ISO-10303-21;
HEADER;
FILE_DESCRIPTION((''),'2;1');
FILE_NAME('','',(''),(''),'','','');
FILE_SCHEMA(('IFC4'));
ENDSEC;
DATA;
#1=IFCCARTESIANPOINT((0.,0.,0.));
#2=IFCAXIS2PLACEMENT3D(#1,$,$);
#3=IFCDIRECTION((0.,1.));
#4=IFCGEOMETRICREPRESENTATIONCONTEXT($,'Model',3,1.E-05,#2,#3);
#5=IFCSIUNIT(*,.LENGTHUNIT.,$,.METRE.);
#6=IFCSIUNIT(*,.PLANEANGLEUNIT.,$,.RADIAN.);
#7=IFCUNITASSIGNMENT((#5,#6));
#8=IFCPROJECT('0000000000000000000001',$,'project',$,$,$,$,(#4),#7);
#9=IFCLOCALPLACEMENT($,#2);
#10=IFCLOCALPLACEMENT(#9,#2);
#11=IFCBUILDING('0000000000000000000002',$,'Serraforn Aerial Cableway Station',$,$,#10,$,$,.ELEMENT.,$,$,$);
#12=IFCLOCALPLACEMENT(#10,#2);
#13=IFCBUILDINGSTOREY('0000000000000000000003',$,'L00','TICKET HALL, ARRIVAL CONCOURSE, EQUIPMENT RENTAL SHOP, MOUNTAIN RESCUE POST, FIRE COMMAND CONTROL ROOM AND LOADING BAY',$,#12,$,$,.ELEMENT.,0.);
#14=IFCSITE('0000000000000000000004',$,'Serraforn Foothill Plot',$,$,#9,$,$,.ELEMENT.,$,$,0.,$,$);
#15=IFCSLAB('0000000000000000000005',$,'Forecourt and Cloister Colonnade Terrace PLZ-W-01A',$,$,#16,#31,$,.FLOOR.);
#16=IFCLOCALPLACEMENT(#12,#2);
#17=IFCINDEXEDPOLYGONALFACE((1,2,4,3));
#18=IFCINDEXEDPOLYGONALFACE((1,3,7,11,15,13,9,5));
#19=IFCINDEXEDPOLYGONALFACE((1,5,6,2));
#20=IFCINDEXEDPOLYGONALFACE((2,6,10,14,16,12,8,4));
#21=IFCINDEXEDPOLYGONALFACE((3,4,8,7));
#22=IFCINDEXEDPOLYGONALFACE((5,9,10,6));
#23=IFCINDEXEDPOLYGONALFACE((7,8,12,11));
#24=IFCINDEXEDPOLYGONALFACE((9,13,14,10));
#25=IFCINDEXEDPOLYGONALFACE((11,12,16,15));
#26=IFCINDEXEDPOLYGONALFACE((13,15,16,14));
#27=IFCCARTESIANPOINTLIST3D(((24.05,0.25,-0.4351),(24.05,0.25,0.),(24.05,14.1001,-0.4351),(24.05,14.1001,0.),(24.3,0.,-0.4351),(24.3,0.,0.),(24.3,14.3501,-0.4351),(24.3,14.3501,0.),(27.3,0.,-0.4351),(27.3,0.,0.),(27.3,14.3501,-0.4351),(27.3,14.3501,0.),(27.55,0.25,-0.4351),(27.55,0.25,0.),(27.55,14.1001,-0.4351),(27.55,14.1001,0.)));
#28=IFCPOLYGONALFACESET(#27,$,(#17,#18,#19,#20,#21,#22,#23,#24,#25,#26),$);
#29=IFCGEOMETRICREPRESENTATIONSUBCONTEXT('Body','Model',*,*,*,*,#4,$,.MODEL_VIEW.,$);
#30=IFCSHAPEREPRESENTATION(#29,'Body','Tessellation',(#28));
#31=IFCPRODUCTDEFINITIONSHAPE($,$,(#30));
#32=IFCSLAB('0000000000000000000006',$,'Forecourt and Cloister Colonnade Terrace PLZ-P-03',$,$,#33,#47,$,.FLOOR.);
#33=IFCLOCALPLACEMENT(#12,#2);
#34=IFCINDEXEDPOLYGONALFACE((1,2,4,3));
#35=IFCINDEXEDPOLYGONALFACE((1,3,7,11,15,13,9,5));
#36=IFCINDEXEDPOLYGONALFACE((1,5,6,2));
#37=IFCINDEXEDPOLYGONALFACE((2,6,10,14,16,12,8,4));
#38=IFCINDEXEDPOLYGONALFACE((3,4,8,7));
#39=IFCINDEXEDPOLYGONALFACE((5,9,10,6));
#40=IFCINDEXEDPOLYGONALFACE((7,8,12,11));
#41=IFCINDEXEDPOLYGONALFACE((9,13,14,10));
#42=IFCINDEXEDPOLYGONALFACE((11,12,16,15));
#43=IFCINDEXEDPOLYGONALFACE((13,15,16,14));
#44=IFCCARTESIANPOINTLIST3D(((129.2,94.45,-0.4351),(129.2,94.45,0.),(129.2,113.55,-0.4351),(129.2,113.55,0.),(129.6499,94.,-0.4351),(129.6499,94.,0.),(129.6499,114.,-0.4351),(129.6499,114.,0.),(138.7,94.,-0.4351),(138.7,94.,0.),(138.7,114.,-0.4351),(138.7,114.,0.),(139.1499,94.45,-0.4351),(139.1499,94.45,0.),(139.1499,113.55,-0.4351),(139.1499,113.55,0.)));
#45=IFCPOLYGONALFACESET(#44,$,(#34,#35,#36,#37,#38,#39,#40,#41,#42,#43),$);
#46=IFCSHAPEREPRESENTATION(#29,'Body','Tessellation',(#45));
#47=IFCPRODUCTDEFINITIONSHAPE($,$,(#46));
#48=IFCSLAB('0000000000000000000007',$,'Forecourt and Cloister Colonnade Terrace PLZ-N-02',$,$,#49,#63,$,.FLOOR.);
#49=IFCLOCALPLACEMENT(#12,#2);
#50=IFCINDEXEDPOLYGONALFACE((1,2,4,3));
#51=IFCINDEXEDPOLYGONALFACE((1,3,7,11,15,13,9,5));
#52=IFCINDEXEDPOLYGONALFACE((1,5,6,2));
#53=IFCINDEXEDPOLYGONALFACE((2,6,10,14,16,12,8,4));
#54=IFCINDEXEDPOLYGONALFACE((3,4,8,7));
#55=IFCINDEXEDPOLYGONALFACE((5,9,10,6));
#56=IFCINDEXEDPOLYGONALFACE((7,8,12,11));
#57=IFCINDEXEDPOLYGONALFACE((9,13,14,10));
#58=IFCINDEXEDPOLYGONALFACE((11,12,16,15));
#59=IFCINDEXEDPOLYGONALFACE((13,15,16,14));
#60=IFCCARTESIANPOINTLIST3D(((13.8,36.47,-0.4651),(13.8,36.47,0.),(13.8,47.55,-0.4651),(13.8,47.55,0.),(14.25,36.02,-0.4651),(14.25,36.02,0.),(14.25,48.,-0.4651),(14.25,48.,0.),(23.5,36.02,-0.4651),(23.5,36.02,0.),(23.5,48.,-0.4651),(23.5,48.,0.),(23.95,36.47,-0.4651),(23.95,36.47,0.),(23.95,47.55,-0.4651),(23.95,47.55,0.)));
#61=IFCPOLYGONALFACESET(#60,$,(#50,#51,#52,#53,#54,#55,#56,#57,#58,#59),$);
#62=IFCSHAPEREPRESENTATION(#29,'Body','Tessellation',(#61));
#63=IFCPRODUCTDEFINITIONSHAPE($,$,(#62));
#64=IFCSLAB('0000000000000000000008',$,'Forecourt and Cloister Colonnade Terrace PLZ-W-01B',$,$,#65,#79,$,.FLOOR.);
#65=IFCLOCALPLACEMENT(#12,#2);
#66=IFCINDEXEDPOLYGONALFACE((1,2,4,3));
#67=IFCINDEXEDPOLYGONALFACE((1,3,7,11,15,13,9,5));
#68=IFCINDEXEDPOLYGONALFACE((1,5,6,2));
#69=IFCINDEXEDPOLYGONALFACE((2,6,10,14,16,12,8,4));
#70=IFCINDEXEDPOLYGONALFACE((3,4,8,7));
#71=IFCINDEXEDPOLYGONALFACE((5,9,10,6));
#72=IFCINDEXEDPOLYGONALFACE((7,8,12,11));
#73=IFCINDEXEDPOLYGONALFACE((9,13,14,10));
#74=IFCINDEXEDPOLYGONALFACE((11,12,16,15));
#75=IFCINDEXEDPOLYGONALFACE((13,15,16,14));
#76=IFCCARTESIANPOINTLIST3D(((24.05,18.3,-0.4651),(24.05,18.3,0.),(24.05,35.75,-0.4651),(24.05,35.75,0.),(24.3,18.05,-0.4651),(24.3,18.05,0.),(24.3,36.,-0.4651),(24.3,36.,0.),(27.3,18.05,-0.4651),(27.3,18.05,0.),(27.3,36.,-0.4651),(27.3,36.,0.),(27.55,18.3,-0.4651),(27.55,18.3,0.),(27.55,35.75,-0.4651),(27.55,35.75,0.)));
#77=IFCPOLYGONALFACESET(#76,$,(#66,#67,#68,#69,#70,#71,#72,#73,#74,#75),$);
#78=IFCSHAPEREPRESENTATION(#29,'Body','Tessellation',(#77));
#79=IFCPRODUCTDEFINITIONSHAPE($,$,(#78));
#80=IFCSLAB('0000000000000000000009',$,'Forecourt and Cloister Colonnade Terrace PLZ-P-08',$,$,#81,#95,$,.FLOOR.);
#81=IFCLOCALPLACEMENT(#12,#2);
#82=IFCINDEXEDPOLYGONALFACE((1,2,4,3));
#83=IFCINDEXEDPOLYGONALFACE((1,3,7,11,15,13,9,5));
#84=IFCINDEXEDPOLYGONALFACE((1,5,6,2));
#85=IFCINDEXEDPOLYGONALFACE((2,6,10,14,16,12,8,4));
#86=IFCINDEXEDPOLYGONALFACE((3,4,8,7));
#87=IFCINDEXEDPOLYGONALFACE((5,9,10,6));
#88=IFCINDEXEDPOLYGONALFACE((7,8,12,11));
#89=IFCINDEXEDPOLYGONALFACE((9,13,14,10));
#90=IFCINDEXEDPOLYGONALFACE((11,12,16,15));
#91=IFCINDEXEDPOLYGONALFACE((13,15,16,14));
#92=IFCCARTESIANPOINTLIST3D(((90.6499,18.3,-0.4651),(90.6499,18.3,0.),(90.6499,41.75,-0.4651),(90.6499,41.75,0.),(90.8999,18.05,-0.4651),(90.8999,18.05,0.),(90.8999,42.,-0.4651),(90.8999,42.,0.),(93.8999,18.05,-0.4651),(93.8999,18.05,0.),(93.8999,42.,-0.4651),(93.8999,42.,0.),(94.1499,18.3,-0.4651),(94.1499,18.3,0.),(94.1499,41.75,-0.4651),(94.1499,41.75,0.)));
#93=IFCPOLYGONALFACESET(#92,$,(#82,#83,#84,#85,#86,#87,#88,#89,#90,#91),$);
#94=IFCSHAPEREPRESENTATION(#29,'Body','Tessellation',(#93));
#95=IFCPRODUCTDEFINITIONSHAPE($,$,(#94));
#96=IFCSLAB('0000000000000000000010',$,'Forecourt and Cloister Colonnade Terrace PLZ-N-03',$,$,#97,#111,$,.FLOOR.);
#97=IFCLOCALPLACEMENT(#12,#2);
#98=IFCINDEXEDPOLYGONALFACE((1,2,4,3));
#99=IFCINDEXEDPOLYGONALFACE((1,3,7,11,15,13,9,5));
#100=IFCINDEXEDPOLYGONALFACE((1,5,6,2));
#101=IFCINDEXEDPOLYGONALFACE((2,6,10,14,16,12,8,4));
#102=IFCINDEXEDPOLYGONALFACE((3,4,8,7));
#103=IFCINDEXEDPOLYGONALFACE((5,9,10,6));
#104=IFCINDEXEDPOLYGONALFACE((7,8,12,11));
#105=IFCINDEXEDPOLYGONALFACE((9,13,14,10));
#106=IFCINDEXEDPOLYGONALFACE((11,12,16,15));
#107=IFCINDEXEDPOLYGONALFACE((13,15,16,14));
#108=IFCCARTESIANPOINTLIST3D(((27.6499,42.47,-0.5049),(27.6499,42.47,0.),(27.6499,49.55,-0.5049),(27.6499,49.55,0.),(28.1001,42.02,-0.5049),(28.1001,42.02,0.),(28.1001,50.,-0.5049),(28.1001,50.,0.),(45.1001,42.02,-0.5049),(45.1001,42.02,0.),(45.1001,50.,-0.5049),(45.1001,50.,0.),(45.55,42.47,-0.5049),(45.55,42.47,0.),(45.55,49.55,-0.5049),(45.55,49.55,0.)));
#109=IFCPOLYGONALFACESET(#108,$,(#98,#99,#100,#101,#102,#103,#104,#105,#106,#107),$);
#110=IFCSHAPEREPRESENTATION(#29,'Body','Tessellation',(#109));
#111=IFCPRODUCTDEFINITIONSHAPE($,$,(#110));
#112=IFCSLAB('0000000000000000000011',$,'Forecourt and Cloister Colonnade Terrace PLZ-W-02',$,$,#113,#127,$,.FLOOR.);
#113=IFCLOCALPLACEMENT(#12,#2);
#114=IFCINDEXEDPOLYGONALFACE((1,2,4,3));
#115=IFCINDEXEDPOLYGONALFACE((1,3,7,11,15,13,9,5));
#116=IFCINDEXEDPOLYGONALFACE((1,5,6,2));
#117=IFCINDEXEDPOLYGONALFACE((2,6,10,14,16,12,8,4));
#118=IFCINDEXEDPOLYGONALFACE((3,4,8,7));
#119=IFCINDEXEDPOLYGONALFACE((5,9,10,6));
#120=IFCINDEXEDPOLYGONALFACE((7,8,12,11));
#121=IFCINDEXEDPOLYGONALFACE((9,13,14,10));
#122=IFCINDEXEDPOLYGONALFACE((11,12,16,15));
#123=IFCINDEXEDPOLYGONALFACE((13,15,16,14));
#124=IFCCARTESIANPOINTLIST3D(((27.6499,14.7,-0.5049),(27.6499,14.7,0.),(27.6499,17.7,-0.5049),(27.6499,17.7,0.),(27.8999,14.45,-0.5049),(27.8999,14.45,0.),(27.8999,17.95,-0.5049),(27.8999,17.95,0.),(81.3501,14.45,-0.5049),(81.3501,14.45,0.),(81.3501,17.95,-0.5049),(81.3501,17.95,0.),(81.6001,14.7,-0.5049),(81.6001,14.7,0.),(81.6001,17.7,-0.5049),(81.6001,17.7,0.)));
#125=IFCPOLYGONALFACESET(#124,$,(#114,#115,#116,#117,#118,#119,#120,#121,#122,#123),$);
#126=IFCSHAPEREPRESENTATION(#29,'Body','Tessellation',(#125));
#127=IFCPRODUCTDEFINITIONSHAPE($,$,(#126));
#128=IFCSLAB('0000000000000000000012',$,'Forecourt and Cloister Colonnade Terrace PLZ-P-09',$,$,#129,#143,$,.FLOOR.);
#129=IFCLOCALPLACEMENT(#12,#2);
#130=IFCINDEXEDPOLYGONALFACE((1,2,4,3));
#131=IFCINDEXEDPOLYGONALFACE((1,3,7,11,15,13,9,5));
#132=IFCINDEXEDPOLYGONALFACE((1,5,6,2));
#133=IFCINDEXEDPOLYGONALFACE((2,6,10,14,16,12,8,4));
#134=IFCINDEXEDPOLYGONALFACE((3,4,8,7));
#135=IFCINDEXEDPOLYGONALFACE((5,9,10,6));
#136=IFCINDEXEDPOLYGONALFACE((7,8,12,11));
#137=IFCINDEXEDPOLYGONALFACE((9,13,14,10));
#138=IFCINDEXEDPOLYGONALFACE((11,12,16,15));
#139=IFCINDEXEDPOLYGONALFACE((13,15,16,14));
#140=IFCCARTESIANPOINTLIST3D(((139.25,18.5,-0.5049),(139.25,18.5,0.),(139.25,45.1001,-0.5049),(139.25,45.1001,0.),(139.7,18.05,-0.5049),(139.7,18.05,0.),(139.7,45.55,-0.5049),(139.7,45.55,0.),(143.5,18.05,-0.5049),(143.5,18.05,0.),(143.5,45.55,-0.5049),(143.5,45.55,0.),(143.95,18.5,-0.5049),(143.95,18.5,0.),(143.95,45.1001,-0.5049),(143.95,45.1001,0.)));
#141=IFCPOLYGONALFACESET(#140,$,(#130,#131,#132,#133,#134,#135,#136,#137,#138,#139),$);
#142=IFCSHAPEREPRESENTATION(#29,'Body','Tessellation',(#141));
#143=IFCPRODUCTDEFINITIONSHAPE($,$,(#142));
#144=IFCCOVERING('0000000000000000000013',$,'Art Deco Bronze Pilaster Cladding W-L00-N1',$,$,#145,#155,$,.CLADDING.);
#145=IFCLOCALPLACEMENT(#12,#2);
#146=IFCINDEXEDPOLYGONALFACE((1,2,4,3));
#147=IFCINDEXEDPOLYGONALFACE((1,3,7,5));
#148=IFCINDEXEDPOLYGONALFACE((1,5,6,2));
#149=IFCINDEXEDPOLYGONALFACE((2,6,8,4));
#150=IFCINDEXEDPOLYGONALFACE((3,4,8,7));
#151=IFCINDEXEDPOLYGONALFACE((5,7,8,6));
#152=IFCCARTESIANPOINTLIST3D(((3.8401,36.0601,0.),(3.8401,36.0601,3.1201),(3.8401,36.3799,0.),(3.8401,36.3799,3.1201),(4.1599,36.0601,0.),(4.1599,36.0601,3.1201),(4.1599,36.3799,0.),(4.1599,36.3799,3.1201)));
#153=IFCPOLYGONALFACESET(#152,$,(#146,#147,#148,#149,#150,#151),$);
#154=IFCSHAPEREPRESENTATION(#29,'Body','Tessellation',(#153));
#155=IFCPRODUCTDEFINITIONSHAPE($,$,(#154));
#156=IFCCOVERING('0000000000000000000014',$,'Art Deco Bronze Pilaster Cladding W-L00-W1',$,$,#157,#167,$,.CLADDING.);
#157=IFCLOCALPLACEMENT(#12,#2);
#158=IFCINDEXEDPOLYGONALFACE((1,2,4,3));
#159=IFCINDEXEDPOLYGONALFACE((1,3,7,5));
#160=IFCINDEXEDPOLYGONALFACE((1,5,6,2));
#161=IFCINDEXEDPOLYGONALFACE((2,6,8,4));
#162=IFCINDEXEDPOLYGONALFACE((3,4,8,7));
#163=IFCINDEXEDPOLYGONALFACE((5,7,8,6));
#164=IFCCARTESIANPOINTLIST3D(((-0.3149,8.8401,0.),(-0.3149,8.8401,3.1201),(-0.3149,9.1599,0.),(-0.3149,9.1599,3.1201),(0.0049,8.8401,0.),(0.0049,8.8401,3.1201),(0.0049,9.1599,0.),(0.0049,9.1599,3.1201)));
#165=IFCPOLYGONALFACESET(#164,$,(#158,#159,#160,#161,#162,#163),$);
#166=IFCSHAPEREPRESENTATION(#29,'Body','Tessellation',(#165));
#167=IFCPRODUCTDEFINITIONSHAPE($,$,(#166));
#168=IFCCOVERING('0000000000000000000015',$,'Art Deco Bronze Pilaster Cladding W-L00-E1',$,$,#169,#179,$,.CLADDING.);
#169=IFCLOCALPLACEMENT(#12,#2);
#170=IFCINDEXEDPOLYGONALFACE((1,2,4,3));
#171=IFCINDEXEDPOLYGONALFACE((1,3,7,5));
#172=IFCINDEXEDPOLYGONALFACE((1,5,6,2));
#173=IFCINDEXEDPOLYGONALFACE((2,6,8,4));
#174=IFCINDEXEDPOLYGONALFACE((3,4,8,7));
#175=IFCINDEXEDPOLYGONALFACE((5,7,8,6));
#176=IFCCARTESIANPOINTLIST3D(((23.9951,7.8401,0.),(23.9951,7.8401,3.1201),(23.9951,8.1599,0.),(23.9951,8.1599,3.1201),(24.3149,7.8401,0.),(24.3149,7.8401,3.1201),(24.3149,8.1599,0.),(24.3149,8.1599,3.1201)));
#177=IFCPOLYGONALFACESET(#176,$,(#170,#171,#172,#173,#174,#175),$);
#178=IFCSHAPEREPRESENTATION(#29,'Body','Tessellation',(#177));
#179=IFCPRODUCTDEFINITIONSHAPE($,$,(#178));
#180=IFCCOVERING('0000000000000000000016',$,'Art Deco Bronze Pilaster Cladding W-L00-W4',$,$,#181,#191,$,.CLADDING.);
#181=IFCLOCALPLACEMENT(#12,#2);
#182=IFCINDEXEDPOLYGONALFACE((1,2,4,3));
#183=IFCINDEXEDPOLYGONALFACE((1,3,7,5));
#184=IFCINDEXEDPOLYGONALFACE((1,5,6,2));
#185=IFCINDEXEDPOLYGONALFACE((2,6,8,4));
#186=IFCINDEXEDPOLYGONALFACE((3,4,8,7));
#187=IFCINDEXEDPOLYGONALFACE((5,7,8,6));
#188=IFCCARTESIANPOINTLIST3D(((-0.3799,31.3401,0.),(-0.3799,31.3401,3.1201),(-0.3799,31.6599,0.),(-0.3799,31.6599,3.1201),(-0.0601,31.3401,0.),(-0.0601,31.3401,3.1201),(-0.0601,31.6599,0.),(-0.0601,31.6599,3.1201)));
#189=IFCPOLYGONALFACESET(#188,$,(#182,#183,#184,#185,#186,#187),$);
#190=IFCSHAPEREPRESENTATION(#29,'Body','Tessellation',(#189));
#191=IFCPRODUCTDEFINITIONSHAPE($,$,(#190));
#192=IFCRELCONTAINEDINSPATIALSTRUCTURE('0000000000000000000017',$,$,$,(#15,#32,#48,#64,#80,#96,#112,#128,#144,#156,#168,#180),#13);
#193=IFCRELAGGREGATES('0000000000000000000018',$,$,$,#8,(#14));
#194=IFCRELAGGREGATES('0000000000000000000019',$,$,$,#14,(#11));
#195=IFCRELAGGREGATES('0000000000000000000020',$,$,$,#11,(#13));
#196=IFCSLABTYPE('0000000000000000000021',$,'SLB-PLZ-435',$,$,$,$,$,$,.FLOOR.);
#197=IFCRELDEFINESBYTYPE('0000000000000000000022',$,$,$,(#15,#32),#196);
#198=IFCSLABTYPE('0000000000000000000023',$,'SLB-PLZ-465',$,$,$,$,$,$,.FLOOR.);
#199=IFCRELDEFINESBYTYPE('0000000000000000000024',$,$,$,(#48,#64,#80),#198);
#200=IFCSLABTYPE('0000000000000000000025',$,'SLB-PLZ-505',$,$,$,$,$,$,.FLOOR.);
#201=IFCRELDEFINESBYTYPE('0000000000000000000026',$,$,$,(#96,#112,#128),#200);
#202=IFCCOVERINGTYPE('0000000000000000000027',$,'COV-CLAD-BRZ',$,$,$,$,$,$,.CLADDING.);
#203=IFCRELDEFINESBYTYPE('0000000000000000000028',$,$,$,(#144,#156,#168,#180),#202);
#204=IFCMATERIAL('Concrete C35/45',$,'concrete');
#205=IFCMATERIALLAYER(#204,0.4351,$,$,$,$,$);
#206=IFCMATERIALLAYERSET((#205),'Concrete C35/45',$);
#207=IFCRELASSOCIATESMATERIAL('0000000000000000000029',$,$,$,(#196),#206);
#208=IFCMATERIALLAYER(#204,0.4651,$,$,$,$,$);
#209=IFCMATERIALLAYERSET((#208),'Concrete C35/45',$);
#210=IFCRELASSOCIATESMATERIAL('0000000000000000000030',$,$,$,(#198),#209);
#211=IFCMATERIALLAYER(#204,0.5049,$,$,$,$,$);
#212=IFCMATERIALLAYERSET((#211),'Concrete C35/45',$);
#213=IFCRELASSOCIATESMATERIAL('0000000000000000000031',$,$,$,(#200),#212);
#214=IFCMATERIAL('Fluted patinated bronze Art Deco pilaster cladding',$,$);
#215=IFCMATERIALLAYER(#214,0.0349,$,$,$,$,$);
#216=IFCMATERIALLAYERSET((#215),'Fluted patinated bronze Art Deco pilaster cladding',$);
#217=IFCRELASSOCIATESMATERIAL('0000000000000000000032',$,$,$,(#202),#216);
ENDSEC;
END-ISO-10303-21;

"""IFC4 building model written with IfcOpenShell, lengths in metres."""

from ifc_helpers import new_model, si_unit, direction, frame, origin, place, context, subcontext, project, spatial, polyline, outline, extrude, material, layer, layer_set, type_object, element, save


model = new_model("IFC4")

# Units and contexts
model_context = context("Model", 3, precision=1e-05, world=origin(), true_north=direction((0.0, 1.0)))
body_context = subcontext(model_context, "Body", "Model", "MODEL_VIEW")
ifc_project = project(units=[si_unit("LENGTHUNIT", "METRE"), si_unit("PLANEANGLEUNIT", "RADIAN")], contexts=[model_context])

# Site, building, storey
site_placement = place(None, origin())
site = spatial("IfcSite", under=ifc_project, at=site_placement, Name="Serraforn Foothill Plot", CompositionType="ELEMENT", RefElevation=0.0)
building_placement = place(site_placement, origin())
building = spatial("IfcBuilding", under=site, at=building_placement, Name="Serraforn Aerial Cableway Station", CompositionType="ELEMENT")
storey_placement = place(building_placement, origin())
storey = spatial("IfcBuildingStorey", under=building, at=storey_placement, Name="L00", Description="TICKET HALL, ARRIVAL CONCOURSE, EQUIPMENT RENTAL SHOP, MOUNTAIN RESCUE POST, FIRE COMMAND CONTROL ROOM AND LOADING BAY", CompositionType="ELEMENT", Elevation=0.0)

# Slabs
ifc_material_1 = material(Name="Concrete C35/45", Category="concrete")
ifc_layer_1 = layer(ifc_material_1, 0.4351)
ifc_layer_set_1 = layer_set([ifc_layer_1], Name="Concrete C35/45")
slab_type_1 = type_object("IfcSlabType", Name="SLB-PLZ-435", PredefinedType="FLOOR", material=ifc_layer_set_1)
slab_1_placement = place(storey_placement, frame((0.0, 0.0, -0.4351)))
element("IfcSlab", 1, at=slab_1_placement, inside=storey, type_object=slab_type_1, Name="Forecourt and Cloister Colonnade Terrace PLZ-W-01A", PredefinedType="FLOOR", context=body_context, shape_type="SweptSolid", body=[
    extrude(outline(polyline([(24.3, 0.0), (27.3, 0.0), (27.55, 0.25), (27.55, 14.1001), (27.3, 14.3501), (24.3, 14.3501), (24.05, 14.1001), (24.05, 0.25), (24.3, 0.0)])), origin(), (0.0, 0.0, 1.0), 0.4351),
])
slab_2_placement = place(storey_placement, frame((0.0, 0.0, -0.4351)))
element("IfcSlab", 2, at=slab_2_placement, inside=storey, type_object=slab_type_1, Name="Forecourt and Cloister Colonnade Terrace PLZ-P-03", PredefinedType="FLOOR", context=body_context, shape_type="SweptSolid", body=[
    extrude(outline(polyline([(129.6499, 94.0), (138.7, 94.0), (139.1499, 94.45), (139.1499, 113.55), (138.7, 114.0), (129.6499, 114.0), (129.2, 113.55), (129.2, 94.45), (129.6499, 94.0)])), origin(), (0.0, 0.0, 1.0), 0.4351),
])
ifc_layer_2 = layer(ifc_material_1, 0.4651)
ifc_layer_set_2 = layer_set([ifc_layer_2], Name="Concrete C35/45")
slab_type_2 = type_object("IfcSlabType", Name="SLB-PLZ-465", PredefinedType="FLOOR", material=ifc_layer_set_2)
slab_3_placement = place(storey_placement, frame((0.0, 0.0, -0.4651)))
element("IfcSlab", 3, at=slab_3_placement, inside=storey, type_object=slab_type_2, Name="Forecourt and Cloister Colonnade Terrace PLZ-N-02", PredefinedType="FLOOR", context=body_context, shape_type="SweptSolid", body=[
    extrude(outline(polyline([(14.25, 36.02), (23.5, 36.02), (23.95, 36.47), (23.95, 47.55), (23.5, 48.0), (14.25, 48.0), (13.8, 47.55), (13.8, 36.47), (14.25, 36.02)])), origin(), (0.0, 0.0, 1.0), 0.4651),
])
slab_4_placement = place(storey_placement, frame((0.0, 0.0, -0.4651)))
element("IfcSlab", 4, at=slab_4_placement, inside=storey, type_object=slab_type_2, Name="Forecourt and Cloister Colonnade Terrace PLZ-W-01B", PredefinedType="FLOOR", context=body_context, shape_type="SweptSolid", body=[
    extrude(outline(polyline([(24.3, 18.05), (27.3, 18.05), (27.55, 18.3), (27.55, 35.75), (27.3, 36.0), (24.3, 36.0), (24.05, 35.75), (24.05, 18.3), (24.3, 18.05)])), origin(), (0.0, 0.0, 1.0), 0.4651),
])
slab_5_placement = place(storey_placement, frame((0.0, 0.0, -0.4651)))
element("IfcSlab", 5, at=slab_5_placement, inside=storey, type_object=slab_type_2, Name="Forecourt and Cloister Colonnade Terrace PLZ-P-08", PredefinedType="FLOOR", context=body_context, shape_type="SweptSolid", body=[
    extrude(outline(polyline([(90.8999, 18.05), (93.8999, 18.05), (94.1499, 18.3), (94.1499, 41.75), (93.8999, 42.0), (90.8999, 42.0), (90.6499, 41.75), (90.6499, 18.3), (90.8999, 18.05)])), origin(), (0.0, 0.0, 1.0), 0.4651),
])
ifc_layer_3 = layer(ifc_material_1, 0.5049)
ifc_layer_set_3 = layer_set([ifc_layer_3], Name="Concrete C35/45")
slab_type_3 = type_object("IfcSlabType", Name="SLB-PLZ-505", PredefinedType="FLOOR", material=ifc_layer_set_3)
slab_6_placement = place(storey_placement, frame((0.0, 0.0, -0.5049)))
element("IfcSlab", 6, at=slab_6_placement, inside=storey, type_object=slab_type_3, Name="Forecourt and Cloister Colonnade Terrace PLZ-N-03", PredefinedType="FLOOR", context=body_context, shape_type="SweptSolid", body=[
    extrude(outline(polyline([(28.1001, 42.02), (45.1001, 42.02), (45.55, 42.47), (45.55, 49.55), (45.1001, 50.0), (28.1001, 50.0), (27.6499, 49.55), (27.6499, 42.47), (28.1001, 42.02)])), origin(), (0.0, 0.0, 1.0), 0.5049),
])
slab_7_placement = place(storey_placement, frame((0.0, 0.0, -0.5049)))
element("IfcSlab", 7, at=slab_7_placement, inside=storey, type_object=slab_type_3, Name="Forecourt and Cloister Colonnade Terrace PLZ-W-02", PredefinedType="FLOOR", context=body_context, shape_type="SweptSolid", body=[
    extrude(outline(polyline([(27.8999, 14.45), (81.3501, 14.45), (81.6001, 14.7), (81.6001, 17.7), (81.3501, 17.95), (27.8999, 17.95), (27.6499, 17.7), (27.6499, 14.7), (27.8999, 14.45)])), origin(), (0.0, 0.0, 1.0), 0.5049),
])
slab_8_placement = place(storey_placement, frame((0.0, 0.0, -0.5049)))
element("IfcSlab", 8, at=slab_8_placement, inside=storey, type_object=slab_type_3, Name="Forecourt and Cloister Colonnade Terrace PLZ-P-09", PredefinedType="FLOOR", context=body_context, shape_type="SweptSolid", body=[
    extrude(outline(polyline([(139.7, 18.05), (143.5, 18.05), (143.95, 18.5), (143.95, 45.1001), (143.5, 45.55), (139.7, 45.55), (139.25, 45.1001), (139.25, 18.5), (139.7, 18.05)])), origin(), (0.0, 0.0, 1.0), 0.5049),
])

# Coverings
ifc_material_2 = material(Name="Fluted patinated bronze Art Deco pilaster cladding")
ifc_layer_4 = layer(ifc_material_2, 0.0349)
ifc_layer_set_4 = layer_set([ifc_layer_4], Name="Fluted patinated bronze Art Deco pilaster cladding")
covering_type = type_object("IfcCoveringType", Name="COV-CLAD-BRZ", PredefinedType="CLADDING", material=ifc_layer_set_4)
covering_1_placement = place(storey_placement, origin())
element("IfcCovering", 9, at=covering_1_placement, inside=storey, type_object=covering_type, Name="Art Deco Bronze Pilaster Cladding W-L00-N1", PredefinedType="CLADDING", context=body_context, shape_type="SweptSolid", body=[
    extrude(outline(polyline([(3.8401, 36.0601), (4.1599, 36.0601), (4.1599, 36.3799), (3.8401, 36.3799), (3.8401, 36.0601)])), origin(), (0.0, 0.0, 1.0), 3.1201),
])
covering_2_placement = place(storey_placement, origin())
element("IfcCovering", 10, at=covering_2_placement, inside=storey, type_object=covering_type, Name="Art Deco Bronze Pilaster Cladding W-L00-W1", PredefinedType="CLADDING", context=body_context, shape_type="SweptSolid", body=[
    extrude(outline(polyline([(-0.3149, 8.8401), (0.0049, 8.8401), (0.0049, 9.1599), (-0.3149, 9.1599), (-0.3149, 8.8401)])), origin(), (0.0, 0.0, 1.0), 3.1201),
])
covering_3_placement = place(storey_placement, origin())
element("IfcCovering", 11, at=covering_3_placement, inside=storey, type_object=covering_type, Name="Art Deco Bronze Pilaster Cladding W-L00-E1", PredefinedType="CLADDING", context=body_context, shape_type="SweptSolid", body=[
    extrude(outline(polyline([(23.9951, 7.8401), (24.3149, 7.8401), (24.3149, 8.1599), (23.9951, 8.1599), (23.9951, 7.8401)])), origin(), (0.0, 0.0, 1.0), 3.1201),
])
covering_4_placement = place(storey_placement, origin())
element("IfcCovering", 12, at=covering_4_placement, inside=storey, type_object=covering_type, Name="Art Deco Bronze Pilaster Cladding W-L00-W4", PredefinedType="CLADDING", context=body_context, shape_type="SweptSolid", body=[
    extrude(outline(polyline([(-0.3799, 31.3401), (-0.0601, 31.3401), (-0.0601, 31.6599), (-0.3799, 31.6599), (-0.3799, 31.3401)])), origin(), (0.0, 0.0, 1.0), 3.1201),
])

save(model, "model.ifc")
